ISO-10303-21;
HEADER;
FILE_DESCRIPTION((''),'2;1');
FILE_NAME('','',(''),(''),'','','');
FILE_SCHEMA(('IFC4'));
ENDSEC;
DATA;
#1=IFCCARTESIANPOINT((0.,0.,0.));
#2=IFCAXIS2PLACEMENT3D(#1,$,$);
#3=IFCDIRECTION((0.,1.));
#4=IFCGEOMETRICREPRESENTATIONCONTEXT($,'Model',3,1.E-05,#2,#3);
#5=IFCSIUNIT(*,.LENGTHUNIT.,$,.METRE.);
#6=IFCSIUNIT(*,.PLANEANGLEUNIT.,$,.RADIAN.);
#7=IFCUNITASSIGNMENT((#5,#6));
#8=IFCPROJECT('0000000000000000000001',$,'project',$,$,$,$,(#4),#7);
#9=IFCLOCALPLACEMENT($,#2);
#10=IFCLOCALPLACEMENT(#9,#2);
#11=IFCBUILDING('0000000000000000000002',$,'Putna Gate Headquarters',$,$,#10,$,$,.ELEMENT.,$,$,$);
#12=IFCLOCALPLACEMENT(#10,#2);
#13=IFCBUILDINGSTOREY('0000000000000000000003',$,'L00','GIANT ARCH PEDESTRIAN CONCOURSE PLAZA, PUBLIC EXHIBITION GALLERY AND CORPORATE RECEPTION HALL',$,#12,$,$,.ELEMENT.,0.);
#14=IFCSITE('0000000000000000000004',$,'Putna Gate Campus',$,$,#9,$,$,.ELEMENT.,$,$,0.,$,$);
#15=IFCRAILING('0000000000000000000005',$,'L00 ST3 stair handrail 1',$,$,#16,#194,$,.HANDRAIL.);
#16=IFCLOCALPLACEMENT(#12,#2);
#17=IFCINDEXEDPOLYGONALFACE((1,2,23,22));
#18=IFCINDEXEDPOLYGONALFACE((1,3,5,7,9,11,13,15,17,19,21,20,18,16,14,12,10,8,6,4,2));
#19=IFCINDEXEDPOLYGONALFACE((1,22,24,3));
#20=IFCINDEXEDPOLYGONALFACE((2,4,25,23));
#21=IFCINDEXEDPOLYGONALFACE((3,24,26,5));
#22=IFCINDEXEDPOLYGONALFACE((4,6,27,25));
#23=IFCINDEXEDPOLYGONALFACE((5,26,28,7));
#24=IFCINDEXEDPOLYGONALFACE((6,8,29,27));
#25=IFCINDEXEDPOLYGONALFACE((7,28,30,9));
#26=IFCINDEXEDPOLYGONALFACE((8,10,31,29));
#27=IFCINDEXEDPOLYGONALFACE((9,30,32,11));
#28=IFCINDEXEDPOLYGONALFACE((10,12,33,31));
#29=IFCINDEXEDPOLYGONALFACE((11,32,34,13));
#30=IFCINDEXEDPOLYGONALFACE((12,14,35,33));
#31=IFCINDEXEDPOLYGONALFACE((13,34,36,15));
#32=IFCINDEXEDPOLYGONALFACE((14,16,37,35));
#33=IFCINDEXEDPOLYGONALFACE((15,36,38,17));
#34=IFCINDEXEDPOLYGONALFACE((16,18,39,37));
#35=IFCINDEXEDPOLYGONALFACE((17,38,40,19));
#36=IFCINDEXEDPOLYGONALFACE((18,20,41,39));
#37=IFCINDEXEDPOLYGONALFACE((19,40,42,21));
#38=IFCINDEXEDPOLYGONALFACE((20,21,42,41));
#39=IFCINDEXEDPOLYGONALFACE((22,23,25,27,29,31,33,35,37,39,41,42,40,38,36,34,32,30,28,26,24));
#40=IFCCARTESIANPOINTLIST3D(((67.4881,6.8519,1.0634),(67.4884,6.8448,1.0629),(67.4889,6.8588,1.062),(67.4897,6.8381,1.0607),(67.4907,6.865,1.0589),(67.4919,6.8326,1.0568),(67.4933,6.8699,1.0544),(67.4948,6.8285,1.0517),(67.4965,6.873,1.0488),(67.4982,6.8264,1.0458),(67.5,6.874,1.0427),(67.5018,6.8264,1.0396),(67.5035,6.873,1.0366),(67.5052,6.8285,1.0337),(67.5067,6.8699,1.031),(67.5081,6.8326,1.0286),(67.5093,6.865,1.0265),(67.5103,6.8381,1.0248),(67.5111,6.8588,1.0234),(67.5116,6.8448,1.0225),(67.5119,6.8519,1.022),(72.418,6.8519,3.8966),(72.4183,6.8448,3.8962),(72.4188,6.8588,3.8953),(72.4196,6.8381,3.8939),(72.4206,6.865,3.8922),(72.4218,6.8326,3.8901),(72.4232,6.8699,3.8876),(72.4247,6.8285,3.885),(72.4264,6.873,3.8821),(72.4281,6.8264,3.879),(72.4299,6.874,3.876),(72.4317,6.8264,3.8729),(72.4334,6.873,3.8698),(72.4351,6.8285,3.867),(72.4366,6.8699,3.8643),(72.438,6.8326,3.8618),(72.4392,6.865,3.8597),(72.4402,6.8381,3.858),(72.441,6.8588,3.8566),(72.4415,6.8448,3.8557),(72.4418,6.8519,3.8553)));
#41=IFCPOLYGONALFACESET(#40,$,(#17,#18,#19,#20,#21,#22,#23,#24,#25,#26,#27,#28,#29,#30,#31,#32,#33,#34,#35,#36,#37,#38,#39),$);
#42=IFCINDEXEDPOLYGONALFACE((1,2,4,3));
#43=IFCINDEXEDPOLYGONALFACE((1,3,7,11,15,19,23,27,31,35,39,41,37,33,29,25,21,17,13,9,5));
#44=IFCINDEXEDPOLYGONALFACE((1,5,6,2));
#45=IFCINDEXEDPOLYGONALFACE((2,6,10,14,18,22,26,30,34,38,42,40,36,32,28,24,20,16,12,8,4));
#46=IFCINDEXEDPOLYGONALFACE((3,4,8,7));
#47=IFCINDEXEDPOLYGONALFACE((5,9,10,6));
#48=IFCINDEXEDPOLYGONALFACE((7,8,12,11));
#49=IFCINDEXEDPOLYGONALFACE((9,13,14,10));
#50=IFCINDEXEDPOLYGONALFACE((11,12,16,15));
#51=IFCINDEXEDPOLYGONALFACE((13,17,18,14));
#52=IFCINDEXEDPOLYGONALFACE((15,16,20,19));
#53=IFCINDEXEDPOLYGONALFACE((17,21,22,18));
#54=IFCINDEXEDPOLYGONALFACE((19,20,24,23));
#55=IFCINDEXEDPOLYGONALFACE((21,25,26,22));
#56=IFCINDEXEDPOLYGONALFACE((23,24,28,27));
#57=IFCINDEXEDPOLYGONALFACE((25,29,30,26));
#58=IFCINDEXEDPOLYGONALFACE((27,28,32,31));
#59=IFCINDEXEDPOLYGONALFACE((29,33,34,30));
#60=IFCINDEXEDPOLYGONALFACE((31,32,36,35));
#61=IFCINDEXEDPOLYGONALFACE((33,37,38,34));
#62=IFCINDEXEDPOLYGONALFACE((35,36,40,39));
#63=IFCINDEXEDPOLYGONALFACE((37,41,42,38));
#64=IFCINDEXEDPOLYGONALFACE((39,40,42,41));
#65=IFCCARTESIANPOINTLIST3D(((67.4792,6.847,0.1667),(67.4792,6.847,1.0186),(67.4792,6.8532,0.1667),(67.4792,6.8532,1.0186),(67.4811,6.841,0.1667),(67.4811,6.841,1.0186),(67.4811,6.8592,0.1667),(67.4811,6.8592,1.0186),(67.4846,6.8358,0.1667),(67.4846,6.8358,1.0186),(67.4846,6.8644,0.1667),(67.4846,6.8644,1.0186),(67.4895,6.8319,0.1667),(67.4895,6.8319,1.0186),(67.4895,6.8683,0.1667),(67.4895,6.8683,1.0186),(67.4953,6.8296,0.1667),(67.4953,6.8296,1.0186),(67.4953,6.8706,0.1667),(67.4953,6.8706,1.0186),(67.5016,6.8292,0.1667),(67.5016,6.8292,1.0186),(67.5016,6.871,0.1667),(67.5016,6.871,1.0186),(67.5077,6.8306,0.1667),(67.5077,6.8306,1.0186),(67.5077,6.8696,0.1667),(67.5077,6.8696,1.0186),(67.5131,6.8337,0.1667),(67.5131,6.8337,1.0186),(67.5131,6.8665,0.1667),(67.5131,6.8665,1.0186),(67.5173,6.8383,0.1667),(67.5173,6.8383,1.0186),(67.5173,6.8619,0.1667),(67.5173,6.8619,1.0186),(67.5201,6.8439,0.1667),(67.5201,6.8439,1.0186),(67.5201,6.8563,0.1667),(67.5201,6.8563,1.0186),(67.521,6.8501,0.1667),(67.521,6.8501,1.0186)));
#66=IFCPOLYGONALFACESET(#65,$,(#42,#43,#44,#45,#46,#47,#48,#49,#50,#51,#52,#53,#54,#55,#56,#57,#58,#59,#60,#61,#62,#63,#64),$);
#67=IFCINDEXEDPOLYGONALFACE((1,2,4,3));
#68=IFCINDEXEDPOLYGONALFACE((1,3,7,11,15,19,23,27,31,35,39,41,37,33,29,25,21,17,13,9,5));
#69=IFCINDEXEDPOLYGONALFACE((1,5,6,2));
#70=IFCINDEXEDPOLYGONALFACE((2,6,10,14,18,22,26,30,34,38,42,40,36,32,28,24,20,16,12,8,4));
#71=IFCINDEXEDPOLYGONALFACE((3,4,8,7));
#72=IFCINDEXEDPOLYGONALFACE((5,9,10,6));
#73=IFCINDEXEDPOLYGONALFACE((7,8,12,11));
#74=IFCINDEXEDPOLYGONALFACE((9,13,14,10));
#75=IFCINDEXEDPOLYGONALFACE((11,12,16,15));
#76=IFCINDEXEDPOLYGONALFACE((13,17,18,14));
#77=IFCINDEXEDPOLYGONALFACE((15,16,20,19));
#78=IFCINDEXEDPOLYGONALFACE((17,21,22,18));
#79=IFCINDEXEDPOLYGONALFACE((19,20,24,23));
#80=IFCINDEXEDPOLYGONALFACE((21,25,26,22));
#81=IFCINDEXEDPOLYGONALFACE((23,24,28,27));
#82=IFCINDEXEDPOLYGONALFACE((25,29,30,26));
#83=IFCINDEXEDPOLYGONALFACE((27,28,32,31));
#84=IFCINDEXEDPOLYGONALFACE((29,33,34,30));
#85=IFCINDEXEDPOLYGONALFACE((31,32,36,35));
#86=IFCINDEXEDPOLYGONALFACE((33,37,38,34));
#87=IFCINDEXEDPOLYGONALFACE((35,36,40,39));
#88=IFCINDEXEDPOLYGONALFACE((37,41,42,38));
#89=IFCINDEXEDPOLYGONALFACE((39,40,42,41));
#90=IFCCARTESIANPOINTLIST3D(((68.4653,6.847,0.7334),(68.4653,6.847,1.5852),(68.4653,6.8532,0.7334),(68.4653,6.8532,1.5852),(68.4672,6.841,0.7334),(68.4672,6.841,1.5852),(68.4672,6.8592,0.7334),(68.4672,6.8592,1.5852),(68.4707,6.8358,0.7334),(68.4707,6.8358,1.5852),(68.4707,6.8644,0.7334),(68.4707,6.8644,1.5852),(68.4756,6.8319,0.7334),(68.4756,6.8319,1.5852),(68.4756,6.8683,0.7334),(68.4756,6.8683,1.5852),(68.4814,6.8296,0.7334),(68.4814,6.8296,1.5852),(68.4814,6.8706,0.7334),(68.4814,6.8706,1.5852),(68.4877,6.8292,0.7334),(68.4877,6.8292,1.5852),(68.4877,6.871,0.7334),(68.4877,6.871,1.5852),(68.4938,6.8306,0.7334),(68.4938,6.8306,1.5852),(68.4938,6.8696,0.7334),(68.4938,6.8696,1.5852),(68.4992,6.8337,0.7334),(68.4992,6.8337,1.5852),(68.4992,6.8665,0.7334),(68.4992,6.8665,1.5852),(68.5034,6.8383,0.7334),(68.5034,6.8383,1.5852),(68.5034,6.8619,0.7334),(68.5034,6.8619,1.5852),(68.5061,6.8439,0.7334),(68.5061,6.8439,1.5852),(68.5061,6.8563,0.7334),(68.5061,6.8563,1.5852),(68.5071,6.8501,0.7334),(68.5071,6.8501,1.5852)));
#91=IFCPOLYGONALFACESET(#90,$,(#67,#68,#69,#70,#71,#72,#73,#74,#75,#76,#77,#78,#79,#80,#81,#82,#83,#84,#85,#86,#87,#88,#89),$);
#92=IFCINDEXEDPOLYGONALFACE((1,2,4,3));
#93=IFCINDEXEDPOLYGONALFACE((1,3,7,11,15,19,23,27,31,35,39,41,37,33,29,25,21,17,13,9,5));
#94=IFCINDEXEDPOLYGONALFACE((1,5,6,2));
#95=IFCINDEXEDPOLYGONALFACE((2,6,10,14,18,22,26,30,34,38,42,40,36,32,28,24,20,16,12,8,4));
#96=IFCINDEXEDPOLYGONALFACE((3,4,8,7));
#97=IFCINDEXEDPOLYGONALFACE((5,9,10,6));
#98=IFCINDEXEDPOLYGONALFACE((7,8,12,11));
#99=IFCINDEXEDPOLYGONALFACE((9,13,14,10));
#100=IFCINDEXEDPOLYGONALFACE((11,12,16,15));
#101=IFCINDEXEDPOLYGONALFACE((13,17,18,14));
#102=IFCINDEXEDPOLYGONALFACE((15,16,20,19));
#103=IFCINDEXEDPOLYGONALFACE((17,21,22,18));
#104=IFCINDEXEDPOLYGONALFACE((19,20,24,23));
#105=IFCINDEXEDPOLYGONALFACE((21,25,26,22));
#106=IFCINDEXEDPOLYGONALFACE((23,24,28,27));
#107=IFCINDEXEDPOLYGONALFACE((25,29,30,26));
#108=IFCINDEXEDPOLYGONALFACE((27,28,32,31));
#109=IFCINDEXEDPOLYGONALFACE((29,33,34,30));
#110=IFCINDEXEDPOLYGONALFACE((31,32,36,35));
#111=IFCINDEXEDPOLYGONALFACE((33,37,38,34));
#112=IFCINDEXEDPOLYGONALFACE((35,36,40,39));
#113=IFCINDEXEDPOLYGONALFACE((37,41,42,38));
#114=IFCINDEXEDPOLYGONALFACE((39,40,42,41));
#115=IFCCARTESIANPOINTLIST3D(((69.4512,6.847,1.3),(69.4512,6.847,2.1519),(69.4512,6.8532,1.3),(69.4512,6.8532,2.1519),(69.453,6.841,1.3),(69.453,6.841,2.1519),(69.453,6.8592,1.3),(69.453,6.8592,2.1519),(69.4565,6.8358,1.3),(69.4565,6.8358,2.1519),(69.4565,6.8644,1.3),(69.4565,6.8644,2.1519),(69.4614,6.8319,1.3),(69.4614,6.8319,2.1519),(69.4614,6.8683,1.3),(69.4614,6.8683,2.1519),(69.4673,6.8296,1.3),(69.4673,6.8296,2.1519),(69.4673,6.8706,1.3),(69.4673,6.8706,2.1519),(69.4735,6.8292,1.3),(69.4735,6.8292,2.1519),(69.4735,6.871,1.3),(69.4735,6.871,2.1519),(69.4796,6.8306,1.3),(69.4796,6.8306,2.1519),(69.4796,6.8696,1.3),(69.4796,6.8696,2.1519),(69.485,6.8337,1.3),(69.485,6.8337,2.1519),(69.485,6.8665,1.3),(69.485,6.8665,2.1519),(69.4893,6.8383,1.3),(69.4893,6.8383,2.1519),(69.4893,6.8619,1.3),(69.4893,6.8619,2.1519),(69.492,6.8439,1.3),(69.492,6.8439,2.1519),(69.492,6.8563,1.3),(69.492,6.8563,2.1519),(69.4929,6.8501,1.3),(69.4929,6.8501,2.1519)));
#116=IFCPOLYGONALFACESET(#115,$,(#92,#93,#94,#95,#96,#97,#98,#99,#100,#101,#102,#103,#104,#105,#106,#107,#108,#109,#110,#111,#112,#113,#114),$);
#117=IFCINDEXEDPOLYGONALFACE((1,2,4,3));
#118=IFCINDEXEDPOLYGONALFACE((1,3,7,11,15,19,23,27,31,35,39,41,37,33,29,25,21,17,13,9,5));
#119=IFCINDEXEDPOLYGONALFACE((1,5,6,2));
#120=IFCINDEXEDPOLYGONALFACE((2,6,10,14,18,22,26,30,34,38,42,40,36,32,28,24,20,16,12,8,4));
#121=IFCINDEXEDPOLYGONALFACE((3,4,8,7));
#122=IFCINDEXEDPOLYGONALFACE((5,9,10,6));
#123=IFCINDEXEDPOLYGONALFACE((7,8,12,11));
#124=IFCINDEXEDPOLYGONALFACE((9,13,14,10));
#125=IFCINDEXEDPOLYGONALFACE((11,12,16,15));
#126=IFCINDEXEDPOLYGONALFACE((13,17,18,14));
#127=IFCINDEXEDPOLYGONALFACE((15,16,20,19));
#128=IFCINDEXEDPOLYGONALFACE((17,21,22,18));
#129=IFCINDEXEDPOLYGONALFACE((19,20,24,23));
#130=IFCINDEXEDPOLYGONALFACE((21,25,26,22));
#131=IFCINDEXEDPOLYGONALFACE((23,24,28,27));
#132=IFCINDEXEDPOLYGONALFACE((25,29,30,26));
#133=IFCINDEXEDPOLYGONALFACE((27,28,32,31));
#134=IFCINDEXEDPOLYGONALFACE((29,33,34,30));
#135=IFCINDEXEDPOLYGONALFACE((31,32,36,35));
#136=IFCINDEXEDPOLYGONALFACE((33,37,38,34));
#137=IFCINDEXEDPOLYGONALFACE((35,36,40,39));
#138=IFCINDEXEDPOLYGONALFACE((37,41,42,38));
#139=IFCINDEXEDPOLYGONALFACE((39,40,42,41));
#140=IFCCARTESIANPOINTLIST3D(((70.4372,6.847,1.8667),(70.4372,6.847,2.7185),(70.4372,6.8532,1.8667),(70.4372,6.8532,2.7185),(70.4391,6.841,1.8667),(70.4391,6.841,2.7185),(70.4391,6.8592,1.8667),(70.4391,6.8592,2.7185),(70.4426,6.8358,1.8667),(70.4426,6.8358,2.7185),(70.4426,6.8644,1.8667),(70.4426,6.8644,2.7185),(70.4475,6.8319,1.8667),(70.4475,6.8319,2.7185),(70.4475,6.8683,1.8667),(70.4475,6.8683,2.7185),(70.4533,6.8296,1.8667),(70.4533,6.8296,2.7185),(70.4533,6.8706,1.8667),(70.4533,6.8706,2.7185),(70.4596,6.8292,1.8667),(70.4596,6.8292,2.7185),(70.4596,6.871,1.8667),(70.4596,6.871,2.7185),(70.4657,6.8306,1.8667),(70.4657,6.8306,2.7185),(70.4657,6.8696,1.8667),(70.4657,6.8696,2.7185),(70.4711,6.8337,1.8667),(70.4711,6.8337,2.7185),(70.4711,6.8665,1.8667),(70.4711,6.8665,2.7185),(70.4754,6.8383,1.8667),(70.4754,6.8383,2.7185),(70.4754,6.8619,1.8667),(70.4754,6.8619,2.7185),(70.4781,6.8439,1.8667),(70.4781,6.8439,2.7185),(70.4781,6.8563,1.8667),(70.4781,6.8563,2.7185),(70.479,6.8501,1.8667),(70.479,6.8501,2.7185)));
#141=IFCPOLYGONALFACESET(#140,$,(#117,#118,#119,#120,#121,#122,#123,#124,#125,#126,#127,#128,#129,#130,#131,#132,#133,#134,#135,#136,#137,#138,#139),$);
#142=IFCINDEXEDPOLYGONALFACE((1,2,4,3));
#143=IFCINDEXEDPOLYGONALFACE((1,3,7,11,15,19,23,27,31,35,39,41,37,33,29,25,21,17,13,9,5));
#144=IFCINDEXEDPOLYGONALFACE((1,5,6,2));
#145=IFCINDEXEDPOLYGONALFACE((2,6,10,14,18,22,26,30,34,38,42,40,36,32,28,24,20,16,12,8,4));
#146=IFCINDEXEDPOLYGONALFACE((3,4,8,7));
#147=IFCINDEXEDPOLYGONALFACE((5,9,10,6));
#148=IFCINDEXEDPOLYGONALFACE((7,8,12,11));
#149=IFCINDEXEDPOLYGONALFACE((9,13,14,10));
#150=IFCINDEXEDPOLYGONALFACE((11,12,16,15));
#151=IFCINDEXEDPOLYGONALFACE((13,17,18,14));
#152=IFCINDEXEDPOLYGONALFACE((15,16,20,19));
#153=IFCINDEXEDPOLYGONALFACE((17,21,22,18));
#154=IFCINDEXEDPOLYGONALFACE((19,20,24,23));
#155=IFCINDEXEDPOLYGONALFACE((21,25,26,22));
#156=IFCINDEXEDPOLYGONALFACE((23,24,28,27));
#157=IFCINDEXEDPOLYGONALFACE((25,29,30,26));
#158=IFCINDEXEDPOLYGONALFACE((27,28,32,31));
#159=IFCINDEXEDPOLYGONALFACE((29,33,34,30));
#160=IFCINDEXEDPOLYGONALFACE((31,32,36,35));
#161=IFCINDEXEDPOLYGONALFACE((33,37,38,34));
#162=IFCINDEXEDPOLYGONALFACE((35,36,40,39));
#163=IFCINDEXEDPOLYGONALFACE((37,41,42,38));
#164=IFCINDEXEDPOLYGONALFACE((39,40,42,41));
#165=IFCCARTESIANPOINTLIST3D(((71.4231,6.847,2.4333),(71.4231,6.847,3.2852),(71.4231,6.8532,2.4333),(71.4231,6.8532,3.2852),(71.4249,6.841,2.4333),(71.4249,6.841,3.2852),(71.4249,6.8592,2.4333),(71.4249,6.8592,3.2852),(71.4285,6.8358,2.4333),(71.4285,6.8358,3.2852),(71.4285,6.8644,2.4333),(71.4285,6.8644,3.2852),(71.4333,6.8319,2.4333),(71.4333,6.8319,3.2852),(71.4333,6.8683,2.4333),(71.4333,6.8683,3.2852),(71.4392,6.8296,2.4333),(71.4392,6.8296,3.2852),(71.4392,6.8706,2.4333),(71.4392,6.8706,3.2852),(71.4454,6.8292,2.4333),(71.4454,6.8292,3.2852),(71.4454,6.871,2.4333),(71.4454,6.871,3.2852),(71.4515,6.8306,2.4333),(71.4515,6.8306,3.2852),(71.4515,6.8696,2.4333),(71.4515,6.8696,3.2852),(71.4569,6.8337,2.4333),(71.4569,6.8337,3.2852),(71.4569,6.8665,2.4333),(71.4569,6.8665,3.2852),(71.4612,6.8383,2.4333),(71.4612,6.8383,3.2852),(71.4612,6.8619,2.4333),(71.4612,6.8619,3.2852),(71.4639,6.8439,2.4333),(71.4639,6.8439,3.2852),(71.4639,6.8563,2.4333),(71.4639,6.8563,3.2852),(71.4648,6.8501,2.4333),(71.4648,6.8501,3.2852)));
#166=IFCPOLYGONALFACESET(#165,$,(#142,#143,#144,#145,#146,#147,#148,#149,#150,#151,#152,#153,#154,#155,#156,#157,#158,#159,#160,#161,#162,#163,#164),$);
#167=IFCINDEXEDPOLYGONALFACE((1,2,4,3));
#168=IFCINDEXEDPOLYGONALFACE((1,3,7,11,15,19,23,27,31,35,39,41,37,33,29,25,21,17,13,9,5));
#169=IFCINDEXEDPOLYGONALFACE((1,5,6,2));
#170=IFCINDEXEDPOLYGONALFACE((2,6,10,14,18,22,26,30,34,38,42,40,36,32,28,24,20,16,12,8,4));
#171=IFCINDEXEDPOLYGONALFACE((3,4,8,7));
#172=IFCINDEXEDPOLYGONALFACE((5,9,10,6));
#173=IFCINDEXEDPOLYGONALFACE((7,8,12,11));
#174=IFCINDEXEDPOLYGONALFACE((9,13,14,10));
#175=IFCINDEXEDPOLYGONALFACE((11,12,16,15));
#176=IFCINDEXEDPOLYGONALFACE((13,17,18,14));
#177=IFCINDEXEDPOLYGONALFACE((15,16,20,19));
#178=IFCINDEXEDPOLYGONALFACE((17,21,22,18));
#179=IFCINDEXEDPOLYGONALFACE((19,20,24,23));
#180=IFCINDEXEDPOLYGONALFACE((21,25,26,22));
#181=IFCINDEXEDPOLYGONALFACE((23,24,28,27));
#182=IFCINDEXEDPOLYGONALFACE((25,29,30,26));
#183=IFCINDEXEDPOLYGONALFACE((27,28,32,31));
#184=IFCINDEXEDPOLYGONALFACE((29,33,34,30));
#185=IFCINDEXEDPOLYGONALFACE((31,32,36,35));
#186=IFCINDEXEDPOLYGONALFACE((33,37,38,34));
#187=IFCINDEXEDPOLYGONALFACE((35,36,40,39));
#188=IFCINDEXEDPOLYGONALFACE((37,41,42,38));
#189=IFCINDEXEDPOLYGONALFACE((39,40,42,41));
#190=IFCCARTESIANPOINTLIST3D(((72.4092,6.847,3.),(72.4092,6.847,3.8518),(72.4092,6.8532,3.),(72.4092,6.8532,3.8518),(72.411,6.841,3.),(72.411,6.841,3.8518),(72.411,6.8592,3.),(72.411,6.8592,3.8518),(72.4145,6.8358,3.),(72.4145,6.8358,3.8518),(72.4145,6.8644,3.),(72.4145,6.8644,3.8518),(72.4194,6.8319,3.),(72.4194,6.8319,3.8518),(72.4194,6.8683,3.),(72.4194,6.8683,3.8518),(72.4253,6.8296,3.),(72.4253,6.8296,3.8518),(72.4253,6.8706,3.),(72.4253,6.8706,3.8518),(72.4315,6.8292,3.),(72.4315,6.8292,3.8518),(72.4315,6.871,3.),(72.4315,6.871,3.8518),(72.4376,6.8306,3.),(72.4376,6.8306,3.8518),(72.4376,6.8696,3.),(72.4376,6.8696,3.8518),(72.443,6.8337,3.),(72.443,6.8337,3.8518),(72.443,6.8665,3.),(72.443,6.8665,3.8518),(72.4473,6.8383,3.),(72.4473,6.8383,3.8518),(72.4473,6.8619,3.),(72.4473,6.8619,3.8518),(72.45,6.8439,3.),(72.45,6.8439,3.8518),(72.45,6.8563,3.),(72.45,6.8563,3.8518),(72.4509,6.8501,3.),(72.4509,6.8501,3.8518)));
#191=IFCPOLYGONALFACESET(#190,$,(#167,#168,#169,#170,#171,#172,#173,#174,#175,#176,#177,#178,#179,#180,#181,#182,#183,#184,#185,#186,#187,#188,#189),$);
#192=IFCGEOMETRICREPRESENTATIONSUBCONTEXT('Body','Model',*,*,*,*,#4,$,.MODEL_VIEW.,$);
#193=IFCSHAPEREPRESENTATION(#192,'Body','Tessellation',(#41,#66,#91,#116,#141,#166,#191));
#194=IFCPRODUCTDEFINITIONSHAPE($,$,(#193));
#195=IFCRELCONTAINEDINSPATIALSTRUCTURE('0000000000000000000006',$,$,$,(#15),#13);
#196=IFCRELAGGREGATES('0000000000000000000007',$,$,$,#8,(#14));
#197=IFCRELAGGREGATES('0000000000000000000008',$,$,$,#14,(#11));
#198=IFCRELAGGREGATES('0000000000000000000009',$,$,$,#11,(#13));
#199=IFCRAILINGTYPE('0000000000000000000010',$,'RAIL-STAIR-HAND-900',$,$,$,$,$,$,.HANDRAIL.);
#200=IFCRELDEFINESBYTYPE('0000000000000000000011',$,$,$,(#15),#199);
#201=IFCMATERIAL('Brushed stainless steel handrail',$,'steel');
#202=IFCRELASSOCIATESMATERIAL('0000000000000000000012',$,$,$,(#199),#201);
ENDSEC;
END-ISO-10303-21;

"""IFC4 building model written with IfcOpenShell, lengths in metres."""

from ifc_helpers import new_model, si_unit, direction, frame, origin, origin_2d, place, context, subcontext, project, spatial, circle, extrude, material, type_object, element, save


model = new_model("IFC4")

# Units and contexts
model_context = context("Model", 3, precision=1e-05, world=origin(), true_north=direction((0.0, 1.0)))
body_context = subcontext(model_context, "Body", "Model", "MODEL_VIEW")
ifc_project = project(units=[si_unit("LENGTHUNIT", "METRE"), si_unit("PLANEANGLEUNIT", "RADIAN")], contexts=[model_context])

# Site, building, storey
site_placement = place(None, origin())
site = spatial("IfcSite", under=ifc_project, at=site_placement, Name="Putna Gate Campus", CompositionType="ELEMENT", RefElevation=0.0)
building_placement = place(site_placement, origin())
building = spatial("IfcBuilding", under=site, at=building_placement, Name="Putna Gate Headquarters", CompositionType="ELEMENT")
storey_placement = place(building_placement, origin())
storey = spatial("IfcBuildingStorey", under=building, at=storey_placement, Name="L00", Description="GIANT ARCH PEDESTRIAN CONCOURSE PLAZA, PUBLIC EXHIBITION GALLERY AND CORPORATE RECEPTION HALL", CompositionType="ELEMENT", Elevation=0.0)

# Railing
ifc_material_1 = material(Name="Brushed stainless steel handrail", Category="steel")
railing_type_1 = type_object("IfcRailingType", Name="RAIL-STAIR-HAND-900", PredefinedType="HANDRAIL", material=ifc_material_1)
railing_1_placement = place(storey_placement, frame((67.5, 6.8501, 0.1667)))
element("IfcRailing", 1, at=railing_1_placement, inside=storey, type_object=railing_type_1, Name="L00 ST3 stair handrail 1", PredefinedType="HANDRAIL", context=body_context, shape_type="SweptSolid", body=[
    extrude(circle(Radius=0.0239, at=origin_2d()), frame((0.0, 0.0, 0.876), z_axis=(0.867017, 0.0, 0.498278), x_axis=(0.0, 1.0, 0.0)), (0.0, 0.0, 1.0), 5.686),
    extrude(circle(Radius=0.021, at=origin_2d()), origin(), (0.0, 0.0, 1.0), 0.8518),
    extrude(circle(Radius=0.021, at=origin_2d()), frame((0.9861, 0.0, 0.5667)), (0.0, 0.0, 1.0), 0.8518),
    extrude(circle(Radius=0.021, at=origin_2d()), frame((1.9719, 0.0, 1.1333)), (0.0, 0.0, 1.0), 0.8518),
    extrude(circle(Radius=0.021, at=origin_2d()), frame((2.958, 0.0, 1.7)), (0.0, 0.0, 1.0), 0.8518),
    extrude(circle(Radius=0.021, at=origin_2d()), frame((3.9438, 0.0, 2.2666)), (0.0, 0.0, 1.0), 0.8518),
    extrude(circle(Radius=0.021, at=origin_2d()), frame((4.9299, 0.0, 2.8333)), (0.0, 0.0, 1.0), 0.8518),
])

save(model, "model.ifc")
